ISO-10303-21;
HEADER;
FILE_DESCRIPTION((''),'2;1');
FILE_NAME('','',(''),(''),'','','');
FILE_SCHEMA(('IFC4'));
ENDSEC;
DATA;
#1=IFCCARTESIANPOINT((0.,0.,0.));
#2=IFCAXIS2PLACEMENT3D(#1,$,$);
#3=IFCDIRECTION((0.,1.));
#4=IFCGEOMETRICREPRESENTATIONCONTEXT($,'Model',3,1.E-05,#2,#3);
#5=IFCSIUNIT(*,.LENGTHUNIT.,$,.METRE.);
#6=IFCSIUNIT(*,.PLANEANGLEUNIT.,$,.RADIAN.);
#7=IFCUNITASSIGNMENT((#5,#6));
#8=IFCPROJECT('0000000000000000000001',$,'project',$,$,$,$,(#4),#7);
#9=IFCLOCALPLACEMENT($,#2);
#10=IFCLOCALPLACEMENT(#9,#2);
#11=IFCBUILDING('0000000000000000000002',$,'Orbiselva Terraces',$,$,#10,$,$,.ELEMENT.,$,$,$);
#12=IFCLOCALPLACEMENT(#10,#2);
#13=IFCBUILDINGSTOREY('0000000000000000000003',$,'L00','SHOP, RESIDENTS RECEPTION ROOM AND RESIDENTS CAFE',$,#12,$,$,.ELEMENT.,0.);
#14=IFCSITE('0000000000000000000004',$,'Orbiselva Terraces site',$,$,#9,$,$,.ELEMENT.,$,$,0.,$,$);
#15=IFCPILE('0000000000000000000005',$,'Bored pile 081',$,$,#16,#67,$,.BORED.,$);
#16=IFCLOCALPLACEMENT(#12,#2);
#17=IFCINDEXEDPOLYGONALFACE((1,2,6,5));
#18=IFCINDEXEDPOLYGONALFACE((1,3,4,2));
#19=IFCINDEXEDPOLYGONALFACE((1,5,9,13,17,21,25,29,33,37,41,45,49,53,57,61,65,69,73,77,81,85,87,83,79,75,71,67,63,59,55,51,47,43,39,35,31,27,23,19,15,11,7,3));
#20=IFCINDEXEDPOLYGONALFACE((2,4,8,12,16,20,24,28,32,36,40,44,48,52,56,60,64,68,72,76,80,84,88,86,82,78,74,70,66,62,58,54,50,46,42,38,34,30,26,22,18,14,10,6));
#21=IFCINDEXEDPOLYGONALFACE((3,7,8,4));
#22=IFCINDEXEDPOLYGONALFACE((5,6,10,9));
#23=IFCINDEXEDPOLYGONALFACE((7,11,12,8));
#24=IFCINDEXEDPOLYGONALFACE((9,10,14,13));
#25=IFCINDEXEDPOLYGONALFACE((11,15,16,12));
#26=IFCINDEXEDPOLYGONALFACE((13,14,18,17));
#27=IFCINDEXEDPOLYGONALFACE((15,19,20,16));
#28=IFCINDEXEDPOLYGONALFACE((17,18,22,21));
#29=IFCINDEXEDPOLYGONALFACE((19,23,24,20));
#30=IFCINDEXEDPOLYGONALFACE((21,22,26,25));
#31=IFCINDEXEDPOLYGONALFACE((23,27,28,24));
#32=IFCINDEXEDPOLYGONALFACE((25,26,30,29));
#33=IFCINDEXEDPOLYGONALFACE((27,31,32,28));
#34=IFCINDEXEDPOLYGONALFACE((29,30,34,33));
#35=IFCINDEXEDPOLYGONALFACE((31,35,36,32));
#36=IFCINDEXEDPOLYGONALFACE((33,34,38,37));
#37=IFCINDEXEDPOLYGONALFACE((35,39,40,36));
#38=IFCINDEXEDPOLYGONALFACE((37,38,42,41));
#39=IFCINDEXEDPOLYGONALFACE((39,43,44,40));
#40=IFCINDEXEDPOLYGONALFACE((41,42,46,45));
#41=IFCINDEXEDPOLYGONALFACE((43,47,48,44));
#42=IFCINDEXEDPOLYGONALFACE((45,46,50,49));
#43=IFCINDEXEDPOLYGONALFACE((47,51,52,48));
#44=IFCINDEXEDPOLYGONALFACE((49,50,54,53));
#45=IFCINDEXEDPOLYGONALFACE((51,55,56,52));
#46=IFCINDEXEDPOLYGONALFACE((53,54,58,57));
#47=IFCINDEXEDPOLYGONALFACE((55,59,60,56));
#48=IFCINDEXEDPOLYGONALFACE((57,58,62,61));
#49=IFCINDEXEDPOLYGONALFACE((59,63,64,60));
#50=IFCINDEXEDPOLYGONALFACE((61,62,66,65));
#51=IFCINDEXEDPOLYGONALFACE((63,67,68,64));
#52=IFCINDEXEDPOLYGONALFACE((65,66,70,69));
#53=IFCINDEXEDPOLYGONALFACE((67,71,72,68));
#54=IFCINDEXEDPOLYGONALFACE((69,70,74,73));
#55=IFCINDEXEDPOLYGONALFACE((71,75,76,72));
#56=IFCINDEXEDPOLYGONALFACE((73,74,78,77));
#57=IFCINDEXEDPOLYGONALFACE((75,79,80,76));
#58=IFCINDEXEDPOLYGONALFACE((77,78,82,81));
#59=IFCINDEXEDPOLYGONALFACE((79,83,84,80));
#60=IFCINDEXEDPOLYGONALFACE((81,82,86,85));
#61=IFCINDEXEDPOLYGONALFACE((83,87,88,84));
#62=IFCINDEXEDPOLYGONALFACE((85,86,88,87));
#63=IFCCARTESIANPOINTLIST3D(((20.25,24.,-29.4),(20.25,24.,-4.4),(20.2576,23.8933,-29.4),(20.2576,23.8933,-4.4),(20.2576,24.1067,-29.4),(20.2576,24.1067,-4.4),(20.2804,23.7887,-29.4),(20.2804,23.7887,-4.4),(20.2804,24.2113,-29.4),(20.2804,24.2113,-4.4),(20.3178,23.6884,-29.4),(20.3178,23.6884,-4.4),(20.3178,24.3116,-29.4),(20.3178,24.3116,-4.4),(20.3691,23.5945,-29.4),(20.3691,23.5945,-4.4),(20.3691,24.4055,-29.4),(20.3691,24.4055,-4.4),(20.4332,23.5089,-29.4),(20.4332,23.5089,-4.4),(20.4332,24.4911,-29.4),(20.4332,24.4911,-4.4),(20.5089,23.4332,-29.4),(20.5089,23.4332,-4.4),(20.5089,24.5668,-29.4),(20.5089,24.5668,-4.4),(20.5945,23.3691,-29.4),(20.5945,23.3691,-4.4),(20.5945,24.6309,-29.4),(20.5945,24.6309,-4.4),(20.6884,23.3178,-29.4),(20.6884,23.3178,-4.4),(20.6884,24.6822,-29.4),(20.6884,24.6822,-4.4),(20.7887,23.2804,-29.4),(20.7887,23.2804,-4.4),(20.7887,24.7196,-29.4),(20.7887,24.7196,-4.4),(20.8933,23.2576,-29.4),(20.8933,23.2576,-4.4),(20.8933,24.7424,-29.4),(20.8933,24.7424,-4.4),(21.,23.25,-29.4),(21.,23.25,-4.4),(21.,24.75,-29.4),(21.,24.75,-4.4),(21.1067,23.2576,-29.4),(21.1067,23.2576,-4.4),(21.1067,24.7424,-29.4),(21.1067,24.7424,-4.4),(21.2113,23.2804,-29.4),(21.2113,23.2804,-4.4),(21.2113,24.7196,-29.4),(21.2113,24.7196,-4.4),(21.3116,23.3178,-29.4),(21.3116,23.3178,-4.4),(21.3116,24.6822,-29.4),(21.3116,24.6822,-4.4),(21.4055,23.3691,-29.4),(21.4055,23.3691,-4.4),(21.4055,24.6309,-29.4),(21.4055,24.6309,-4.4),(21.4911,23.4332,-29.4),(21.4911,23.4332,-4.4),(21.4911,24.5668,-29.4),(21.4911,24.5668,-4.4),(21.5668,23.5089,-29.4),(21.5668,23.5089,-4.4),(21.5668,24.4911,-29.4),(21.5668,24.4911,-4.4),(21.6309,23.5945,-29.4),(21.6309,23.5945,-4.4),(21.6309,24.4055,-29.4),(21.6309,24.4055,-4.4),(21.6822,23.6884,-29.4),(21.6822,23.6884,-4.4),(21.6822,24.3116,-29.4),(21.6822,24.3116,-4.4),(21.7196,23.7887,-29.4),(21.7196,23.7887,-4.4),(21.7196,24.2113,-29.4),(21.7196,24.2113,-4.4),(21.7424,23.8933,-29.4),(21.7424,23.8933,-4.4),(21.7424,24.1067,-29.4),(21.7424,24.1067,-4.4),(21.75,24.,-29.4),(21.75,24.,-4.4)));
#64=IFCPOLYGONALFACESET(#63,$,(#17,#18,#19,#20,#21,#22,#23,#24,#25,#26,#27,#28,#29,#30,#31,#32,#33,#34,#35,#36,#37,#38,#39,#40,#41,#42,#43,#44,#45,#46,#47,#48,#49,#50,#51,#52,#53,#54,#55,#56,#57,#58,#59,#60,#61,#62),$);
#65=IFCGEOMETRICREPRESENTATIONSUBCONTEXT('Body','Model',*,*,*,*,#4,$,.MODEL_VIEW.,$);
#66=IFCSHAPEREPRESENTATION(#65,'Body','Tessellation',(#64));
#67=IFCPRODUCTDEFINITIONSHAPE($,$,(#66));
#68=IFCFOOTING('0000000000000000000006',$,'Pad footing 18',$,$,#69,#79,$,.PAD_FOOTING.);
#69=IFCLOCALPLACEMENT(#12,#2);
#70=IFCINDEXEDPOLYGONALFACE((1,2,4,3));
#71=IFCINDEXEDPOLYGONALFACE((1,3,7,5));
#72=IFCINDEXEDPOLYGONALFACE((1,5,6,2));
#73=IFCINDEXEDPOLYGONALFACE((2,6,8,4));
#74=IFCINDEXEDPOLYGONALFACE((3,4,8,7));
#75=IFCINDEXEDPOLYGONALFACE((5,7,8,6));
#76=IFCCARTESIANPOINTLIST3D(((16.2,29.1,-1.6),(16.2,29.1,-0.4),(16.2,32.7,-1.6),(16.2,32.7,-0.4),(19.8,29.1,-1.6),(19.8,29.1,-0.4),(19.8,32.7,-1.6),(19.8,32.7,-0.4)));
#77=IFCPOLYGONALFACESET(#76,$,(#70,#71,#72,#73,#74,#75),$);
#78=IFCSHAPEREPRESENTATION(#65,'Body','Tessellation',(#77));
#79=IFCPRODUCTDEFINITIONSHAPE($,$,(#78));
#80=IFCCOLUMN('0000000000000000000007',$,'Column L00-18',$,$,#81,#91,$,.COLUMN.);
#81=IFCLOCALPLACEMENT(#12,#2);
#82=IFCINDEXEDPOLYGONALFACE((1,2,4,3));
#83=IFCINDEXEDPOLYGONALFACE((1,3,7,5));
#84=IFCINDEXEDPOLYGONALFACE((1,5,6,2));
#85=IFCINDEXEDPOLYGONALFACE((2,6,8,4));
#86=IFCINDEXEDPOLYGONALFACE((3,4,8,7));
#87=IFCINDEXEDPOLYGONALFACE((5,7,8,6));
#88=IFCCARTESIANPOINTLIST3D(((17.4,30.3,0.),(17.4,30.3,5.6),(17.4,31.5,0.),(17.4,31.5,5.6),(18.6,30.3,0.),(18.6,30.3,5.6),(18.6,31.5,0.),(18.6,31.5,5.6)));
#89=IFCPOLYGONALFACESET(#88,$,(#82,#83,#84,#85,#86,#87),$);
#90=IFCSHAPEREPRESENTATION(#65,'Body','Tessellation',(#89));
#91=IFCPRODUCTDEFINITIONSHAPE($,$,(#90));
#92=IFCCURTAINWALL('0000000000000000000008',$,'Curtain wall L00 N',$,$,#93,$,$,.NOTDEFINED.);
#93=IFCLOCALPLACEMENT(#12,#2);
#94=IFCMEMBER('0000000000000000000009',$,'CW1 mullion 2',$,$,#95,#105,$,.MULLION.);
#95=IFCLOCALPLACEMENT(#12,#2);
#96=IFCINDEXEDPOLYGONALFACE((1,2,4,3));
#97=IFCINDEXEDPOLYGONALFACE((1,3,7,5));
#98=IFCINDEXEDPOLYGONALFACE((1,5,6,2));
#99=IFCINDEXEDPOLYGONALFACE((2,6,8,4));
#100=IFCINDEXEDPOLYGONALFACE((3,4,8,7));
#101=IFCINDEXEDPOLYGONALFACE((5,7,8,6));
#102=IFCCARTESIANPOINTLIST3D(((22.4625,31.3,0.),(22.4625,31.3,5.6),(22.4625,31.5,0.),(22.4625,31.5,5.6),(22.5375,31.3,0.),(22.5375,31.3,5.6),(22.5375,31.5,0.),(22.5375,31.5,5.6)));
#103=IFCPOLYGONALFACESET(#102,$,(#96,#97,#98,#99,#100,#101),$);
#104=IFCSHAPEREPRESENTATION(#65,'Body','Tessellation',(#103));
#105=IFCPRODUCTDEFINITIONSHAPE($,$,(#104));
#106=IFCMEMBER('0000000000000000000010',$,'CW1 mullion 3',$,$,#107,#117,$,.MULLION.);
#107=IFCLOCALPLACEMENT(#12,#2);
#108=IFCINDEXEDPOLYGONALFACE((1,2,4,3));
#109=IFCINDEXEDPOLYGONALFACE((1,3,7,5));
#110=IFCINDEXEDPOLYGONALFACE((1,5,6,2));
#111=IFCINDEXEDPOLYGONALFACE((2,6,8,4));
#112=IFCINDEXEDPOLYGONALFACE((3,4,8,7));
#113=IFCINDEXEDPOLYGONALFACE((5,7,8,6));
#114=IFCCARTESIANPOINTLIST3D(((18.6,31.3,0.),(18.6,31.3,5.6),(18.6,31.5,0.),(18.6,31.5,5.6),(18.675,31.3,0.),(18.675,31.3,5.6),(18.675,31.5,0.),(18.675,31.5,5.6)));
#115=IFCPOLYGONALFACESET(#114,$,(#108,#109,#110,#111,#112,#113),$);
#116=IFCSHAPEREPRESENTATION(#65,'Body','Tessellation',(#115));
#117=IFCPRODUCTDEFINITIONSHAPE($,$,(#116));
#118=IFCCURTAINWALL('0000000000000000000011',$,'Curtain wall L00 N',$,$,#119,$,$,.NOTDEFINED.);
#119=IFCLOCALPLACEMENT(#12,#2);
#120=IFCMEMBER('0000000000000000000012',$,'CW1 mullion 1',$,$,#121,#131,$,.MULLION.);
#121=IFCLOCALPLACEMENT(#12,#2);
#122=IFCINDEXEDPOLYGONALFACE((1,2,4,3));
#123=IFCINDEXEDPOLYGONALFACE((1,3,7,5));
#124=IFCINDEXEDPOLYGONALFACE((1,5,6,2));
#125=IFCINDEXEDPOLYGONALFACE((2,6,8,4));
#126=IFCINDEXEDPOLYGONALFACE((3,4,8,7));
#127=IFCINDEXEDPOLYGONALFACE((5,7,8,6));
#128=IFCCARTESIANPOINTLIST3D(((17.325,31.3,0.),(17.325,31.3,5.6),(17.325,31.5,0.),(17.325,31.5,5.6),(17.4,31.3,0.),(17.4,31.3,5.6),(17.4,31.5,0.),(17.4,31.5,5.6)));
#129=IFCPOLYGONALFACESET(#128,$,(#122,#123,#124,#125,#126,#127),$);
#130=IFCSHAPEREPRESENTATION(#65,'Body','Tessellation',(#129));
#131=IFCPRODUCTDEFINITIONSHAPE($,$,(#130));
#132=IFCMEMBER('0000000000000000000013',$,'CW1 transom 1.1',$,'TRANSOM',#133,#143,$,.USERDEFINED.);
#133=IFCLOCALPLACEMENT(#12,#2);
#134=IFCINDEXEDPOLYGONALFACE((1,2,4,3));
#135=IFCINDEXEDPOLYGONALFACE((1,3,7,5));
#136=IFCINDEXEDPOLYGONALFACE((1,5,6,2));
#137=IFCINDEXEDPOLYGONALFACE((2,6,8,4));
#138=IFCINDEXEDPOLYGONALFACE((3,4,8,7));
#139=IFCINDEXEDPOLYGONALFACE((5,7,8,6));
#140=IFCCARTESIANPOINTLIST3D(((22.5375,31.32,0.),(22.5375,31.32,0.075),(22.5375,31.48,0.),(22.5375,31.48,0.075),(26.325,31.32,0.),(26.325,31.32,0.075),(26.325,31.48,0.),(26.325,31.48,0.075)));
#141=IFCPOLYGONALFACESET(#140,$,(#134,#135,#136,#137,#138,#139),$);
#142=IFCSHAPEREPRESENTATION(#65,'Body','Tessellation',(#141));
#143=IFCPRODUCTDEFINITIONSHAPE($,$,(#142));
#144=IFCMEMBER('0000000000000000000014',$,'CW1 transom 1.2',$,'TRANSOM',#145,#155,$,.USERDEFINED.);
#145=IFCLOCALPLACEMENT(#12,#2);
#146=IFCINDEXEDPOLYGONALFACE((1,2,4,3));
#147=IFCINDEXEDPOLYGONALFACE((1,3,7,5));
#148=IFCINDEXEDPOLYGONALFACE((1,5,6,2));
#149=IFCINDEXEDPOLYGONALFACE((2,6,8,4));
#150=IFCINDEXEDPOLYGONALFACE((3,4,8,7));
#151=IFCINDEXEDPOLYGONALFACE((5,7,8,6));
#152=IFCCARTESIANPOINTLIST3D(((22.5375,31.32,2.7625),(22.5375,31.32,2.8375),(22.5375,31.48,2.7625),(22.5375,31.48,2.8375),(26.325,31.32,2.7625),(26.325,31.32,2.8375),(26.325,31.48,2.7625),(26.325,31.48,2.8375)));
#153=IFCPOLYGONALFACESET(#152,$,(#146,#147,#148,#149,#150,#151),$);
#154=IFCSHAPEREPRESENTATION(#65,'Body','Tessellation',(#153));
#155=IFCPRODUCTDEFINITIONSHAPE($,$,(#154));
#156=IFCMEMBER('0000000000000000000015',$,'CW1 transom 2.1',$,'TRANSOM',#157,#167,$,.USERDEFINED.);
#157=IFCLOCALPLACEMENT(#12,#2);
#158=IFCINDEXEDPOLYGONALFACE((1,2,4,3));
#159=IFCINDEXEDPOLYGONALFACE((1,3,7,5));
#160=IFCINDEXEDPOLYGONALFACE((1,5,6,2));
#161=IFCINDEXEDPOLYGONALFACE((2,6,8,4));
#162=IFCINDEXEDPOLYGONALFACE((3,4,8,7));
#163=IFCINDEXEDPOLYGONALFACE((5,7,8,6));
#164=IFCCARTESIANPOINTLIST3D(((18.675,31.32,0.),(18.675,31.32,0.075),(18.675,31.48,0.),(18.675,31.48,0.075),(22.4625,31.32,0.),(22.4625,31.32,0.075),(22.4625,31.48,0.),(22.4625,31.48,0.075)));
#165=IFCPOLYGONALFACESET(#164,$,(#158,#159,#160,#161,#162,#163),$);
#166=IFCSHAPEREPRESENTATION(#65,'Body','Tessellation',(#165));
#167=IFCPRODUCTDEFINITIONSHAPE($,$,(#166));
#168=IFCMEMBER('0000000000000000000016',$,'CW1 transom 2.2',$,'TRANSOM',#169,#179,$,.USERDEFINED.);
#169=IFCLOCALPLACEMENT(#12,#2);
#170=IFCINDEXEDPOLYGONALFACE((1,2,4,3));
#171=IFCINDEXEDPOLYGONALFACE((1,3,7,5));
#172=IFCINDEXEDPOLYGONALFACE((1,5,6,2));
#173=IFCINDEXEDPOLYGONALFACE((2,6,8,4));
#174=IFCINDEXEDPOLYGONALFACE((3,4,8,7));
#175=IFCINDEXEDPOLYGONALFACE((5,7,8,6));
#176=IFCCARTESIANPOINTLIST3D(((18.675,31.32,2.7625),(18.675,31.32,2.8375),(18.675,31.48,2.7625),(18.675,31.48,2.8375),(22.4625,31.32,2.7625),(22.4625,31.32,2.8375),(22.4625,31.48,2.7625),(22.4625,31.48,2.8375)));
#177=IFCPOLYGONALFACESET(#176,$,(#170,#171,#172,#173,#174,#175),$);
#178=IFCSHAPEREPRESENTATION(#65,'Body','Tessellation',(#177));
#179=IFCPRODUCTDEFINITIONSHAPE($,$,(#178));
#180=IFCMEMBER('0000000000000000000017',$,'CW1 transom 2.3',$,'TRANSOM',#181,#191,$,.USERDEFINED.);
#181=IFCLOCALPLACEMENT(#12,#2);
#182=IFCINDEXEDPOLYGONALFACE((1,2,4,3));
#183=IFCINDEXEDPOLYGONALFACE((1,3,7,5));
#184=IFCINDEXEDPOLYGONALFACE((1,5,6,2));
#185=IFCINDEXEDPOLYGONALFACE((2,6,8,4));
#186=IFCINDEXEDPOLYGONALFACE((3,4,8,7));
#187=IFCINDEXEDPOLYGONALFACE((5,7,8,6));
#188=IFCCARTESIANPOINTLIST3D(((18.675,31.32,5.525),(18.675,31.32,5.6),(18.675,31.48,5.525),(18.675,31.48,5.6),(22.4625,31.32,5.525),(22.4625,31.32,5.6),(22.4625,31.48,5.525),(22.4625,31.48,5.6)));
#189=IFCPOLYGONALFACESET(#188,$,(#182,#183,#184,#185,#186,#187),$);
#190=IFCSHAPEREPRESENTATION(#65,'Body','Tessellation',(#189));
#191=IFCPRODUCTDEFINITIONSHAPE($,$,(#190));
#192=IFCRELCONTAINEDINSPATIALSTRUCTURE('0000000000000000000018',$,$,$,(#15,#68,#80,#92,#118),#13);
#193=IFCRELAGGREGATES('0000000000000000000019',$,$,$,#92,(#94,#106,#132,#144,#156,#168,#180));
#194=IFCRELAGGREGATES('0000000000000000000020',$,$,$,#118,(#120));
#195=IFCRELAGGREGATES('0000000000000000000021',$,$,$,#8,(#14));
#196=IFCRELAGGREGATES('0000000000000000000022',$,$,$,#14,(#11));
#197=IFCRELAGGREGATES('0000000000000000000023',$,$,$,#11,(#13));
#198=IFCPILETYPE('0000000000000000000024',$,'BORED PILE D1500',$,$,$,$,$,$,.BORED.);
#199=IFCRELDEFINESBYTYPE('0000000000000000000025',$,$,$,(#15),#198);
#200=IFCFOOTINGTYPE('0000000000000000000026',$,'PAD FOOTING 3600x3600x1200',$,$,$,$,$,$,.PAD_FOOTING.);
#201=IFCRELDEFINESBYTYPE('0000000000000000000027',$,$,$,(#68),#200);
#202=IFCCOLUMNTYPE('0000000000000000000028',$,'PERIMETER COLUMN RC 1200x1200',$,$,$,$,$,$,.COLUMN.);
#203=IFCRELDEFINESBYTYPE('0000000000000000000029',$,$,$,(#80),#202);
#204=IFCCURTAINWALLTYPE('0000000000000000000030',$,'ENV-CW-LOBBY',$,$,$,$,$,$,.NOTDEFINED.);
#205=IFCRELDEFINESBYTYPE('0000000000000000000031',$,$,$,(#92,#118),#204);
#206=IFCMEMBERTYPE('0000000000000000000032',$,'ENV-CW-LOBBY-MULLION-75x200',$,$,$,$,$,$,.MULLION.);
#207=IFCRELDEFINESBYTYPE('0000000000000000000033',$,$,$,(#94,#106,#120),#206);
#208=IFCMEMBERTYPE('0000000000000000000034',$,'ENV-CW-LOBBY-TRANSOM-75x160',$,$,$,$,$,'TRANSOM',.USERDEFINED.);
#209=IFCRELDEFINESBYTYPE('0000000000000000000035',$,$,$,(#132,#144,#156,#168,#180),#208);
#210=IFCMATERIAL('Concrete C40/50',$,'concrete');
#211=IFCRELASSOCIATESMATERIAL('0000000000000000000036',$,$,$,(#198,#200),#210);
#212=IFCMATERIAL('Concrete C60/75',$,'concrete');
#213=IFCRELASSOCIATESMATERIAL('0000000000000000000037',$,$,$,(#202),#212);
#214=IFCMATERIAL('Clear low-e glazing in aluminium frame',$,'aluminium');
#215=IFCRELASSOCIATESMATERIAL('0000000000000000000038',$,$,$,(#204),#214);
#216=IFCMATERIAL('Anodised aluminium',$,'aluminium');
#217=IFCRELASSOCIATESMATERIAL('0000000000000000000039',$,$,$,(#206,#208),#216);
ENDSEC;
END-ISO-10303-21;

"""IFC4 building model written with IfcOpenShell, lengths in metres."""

from ifc_helpers import new_model, si_unit, direction, frame, origin, origin_2d, place, context, subcontext, project, spatial, rectangle, circle, extrude, material, material_profile, profile_set, type_object, element, aggregate, save


model = new_model("IFC4")

# Units and contexts
model_context = context("Model", 3, precision=1e-05, world=origin(), true_north=direction((0.0, 1.0)))
body_context = subcontext(model_context, "Body", "Model", "MODEL_VIEW")
ifc_project = project(units=[si_unit("LENGTHUNIT", "METRE"), si_unit("PLANEANGLEUNIT", "RADIAN")], contexts=[model_context])

# Site, building, storey
site_placement = place(None, origin())
site = spatial("IfcSite", under=ifc_project, at=site_placement, Name="Orbiselva Terraces site", CompositionType="ELEMENT", RefElevation=0.0)
building_placement = place(site_placement, origin())
building = spatial("IfcBuilding", under=site, at=building_placement, Name="Orbiselva Terraces", CompositionType="ELEMENT")
storey_placement = place(building_placement, origin())
storey = spatial("IfcBuildingStorey", under=building, at=storey_placement, Name="L00", Description="SHOP, RESIDENTS RECEPTION ROOM AND RESIDENTS CAFE", CompositionType="ELEMENT", Elevation=0.0)

# Pile
ifc_material_1 = material(Name="Concrete C40/50", Category="concrete")
ifc_material_profile_1 = material_profile(ifc_material_1, circle(Radius=0.75, at=origin_2d()), Name="D1500")
ifc_profile_set_1 = profile_set([ifc_material_profile_1], Name="Concrete C40/50")
pile_type = type_object("IfcPileType", Name="BORED PILE D1500", PredefinedType="BORED", material=ifc_profile_set_1)
pile_placement = place(storey_placement, frame((21.0, 24.0, -4.4), z_axis=(0.0, 0.0, -1.0), x_axis=(1.0, 0.0, 0.0)))
element("IfcPile", 1, at=pile_placement, inside=storey, type_object=pile_type, Name="Bored pile 081", PredefinedType="BORED", context=body_context, shape_type="SweptSolid", body=[
    extrude(circle(Radius=0.75, at=origin_2d()), origin(), (0.0, 0.0, 1.0), 25.0),
])

# Footing
footing_type = type_object("IfcFootingType", Name="PAD FOOTING 3600x3600x1200", PredefinedType="PAD_FOOTING", material=ifc_material_1)
footing_placement = place(storey_placement, frame((18.0, 30.9, -1.6), z_axis=(0.0, 0.0, 1.0), x_axis=(1.0, 0.0, 0.0)))
element("IfcFooting", 2, at=footing_placement, inside=storey, type_object=footing_type, Name="Pad footing 18", PredefinedType="PAD_FOOTING", context=body_context, shape_type="SweptSolid", body=[
    extrude(rectangle(XDim=3.6, YDim=3.6, at=origin_2d()), origin(), (0.0, 0.0, 1.0), 1.2),
])

# Column
ifc_material_2 = material(Name="Concrete C60/75", Category="concrete")
ifc_material_profile_2 = material_profile(ifc_material_2, rectangle(XDim=1.2, YDim=1.2, at=origin_2d()), Name="RC 1200x1200")
ifc_profile_set_2 = profile_set([ifc_material_profile_2], Name="Concrete C60/75")
column_type = type_object("IfcColumnType", Name="PERIMETER COLUMN RC 1200x1200", PredefinedType="COLUMN", material=ifc_profile_set_2)
column_placement = place(storey_placement, frame((18.0, 30.9, 0.0), z_axis=(0.0, 0.0, 1.0), x_axis=(1.0, 0.0, 0.0)))
element("IfcColumn", 3, at=column_placement, inside=storey, type_object=column_type, Name="Column L00-18", PredefinedType="COLUMN", context=body_context, shape_type="SweptSolid", body=[
    extrude(rectangle(XDim=1.2, YDim=1.2, at=origin_2d()), origin(), (0.0, 0.0, 1.0), 5.6),
])

# Curtain wall, members
ifc_material_3 = material(Name="Clear low-e glazing in aluminium frame", Category="aluminium")
curtain_wall_type = type_object("IfcCurtainWallType", Name="ENV-CW-LOBBY", PredefinedType="NOTDEFINED", material=ifc_material_3)
curtain_wall_1_placement = place(storey_placement, origin())
curtain_wall_1 = element("IfcCurtainWall", 4, at=curtain_wall_1_placement, inside=storey, type_object=curtain_wall_type, Name="Curtain wall L00 N", PredefinedType="NOTDEFINED")
ifc_material_4 = material(Name="Anodised aluminium", Category="aluminium")
ifc_material_profile_3 = material_profile(ifc_material_4, rectangle(XDim=0.2, YDim=0.075, at=origin_2d()), Name="AL 75x200")
ifc_profile_set_3 = profile_set([ifc_material_profile_3], Name="Anodised aluminium")
member_type_1 = type_object("IfcMemberType", Name="ENV-CW-LOBBY-MULLION-75x200", PredefinedType="MULLION", material=ifc_profile_set_3)
member_1_placement = place(storey_placement, frame((22.5, 31.4, 0.0), z_axis=(0.0, 0.0, 1.0), x_axis=(0.0, -1.0, 0.0)))
member_1 = element("IfcMember", 5, at=member_1_placement, type_object=member_type_1, Name="CW1 mullion 2", PredefinedType="MULLION", context=body_context, shape_type="SweptSolid", body=[
    extrude(rectangle(XDim=0.2, YDim=0.075, at=origin_2d()), origin(), (0.0, 0.0, 1.0), 5.6),
])
member_2_placement = place(storey_placement, frame((18.6375, 31.4, 0.0), z_axis=(0.0, 0.0, 1.0), x_axis=(0.0, -1.0, 0.0)))
member_2 = element("IfcMember", 6, at=member_2_placement, type_object=member_type_1, Name="CW1 mullion 3", PredefinedType="MULLION", context=body_context, shape_type="SweptSolid", body=[
    extrude(rectangle(XDim=0.2, YDim=0.075, at=origin_2d()), origin(), (0.0, 0.0, 1.0), 5.6),
])

# Curtain wall, member
curtain_wall_2_placement = place(storey_placement, origin())
curtain_wall_2 = element("IfcCurtainWall", 7, at=curtain_wall_2_placement, inside=storey, type_object=curtain_wall_type, Name="Curtain wall L00 N", PredefinedType="NOTDEFINED")
member_3_placement = place(storey_placement, frame((17.3625, 31.4, 0.0), z_axis=(0.0, 0.0, 1.0), x_axis=(0.0, -1.0, 0.0)))
member_3 = element("IfcMember", 8, at=member_3_placement, type_object=member_type_1, Name="CW1 mullion 1", PredefinedType="MULLION", context=body_context, shape_type="SweptSolid", body=[
    extrude(rectangle(XDim=0.2, YDim=0.075, at=origin_2d()), origin(), (0.0, 0.0, 1.0), 5.6),
])

# Members
ifc_material_profile_4 = material_profile(ifc_material_4, rectangle(XDim=0.16, YDim=0.075, at=origin_2d()), Name="AL 75x160")
ifc_profile_set_4 = profile_set([ifc_material_profile_4], Name="Anodised aluminium")
member_type_2 = type_object("IfcMemberType", Name="ENV-CW-LOBBY-TRANSOM-75x160", ElementType="TRANSOM", PredefinedType="USERDEFINED", material=ifc_profile_set_4)
member_4_placement = place(storey_placement, frame((26.325, 31.4, 0.0375), z_axis=(-1.0, 0.0, 0.0), x_axis=(0.0, -1.0, 0.0)))
member_4 = element("IfcMember", 9, at=member_4_placement, type_object=member_type_2, Name="CW1 transom 1.1", ObjectType="TRANSOM", PredefinedType="USERDEFINED", context=body_context, shape_type="SweptSolid", body=[
    extrude(rectangle(XDim=0.16, YDim=0.075, at=origin_2d()), origin(), (0.0, 0.0, 1.0), 3.7875),
])
member_5_placement = place(storey_placement, frame((26.325, 31.4, 2.8), z_axis=(-1.0, 0.0, 0.0), x_axis=(0.0, -1.0, 0.0)))
member_5 = element("IfcMember", 10, at=member_5_placement, type_object=member_type_2, Name="CW1 transom 1.2", ObjectType="TRANSOM", PredefinedType="USERDEFINED", context=body_context, shape_type="SweptSolid", body=[
    extrude(rectangle(XDim=0.16, YDim=0.075, at=origin_2d()), origin(), (0.0, 0.0, 1.0), 3.7875),
])
member_6_placement = place(storey_placement, frame((22.4625, 31.4, 0.0375), z_axis=(-1.0, 0.0, 0.0), x_axis=(0.0, -1.0, 0.0)))
member_6 = element("IfcMember", 11, at=member_6_placement, type_object=member_type_2, Name="CW1 transom 2.1", ObjectType="TRANSOM", PredefinedType="USERDEFINED", context=body_context, shape_type="SweptSolid", body=[
    extrude(rectangle(XDim=0.16, YDim=0.075, at=origin_2d()), origin(), (0.0, 0.0, 1.0), 3.7875),
])
member_7_placement = place(storey_placement, frame((22.4625, 31.4, 2.8), z_axis=(-1.0, 0.0, 0.0), x_axis=(0.0, -1.0, 0.0)))
member_7 = element("IfcMember", 12, at=member_7_placement, type_object=member_type_2, Name="CW1 transom 2.2", ObjectType="TRANSOM", PredefinedType="USERDEFINED", context=body_context, shape_type="SweptSolid", body=[
    extrude(rectangle(XDim=0.16, YDim=0.075, at=origin_2d()), origin(), (0.0, 0.0, 1.0), 3.7875),
])
member_8_placement = place(storey_placement, frame((22.4625, 31.4, 5.5625), z_axis=(-1.0, 0.0, 0.0), x_axis=(0.0, -1.0, 0.0)))
member_8 = element("IfcMember", 13, at=member_8_placement, type_object=member_type_2, Name="CW1 transom 2.3", ObjectType="TRANSOM", PredefinedType="USERDEFINED", context=body_context, shape_type="SweptSolid", body=[
    extrude(rectangle(XDim=0.16, YDim=0.075, at=origin_2d()), origin(), (0.0, 0.0, 1.0), 3.7875),
])

aggregate(curtain_wall_1, [member_1, member_2, member_4, member_5, member_6, member_7, member_8])
aggregate(curtain_wall_2, [member_3])

save(model, "model.ifc")
